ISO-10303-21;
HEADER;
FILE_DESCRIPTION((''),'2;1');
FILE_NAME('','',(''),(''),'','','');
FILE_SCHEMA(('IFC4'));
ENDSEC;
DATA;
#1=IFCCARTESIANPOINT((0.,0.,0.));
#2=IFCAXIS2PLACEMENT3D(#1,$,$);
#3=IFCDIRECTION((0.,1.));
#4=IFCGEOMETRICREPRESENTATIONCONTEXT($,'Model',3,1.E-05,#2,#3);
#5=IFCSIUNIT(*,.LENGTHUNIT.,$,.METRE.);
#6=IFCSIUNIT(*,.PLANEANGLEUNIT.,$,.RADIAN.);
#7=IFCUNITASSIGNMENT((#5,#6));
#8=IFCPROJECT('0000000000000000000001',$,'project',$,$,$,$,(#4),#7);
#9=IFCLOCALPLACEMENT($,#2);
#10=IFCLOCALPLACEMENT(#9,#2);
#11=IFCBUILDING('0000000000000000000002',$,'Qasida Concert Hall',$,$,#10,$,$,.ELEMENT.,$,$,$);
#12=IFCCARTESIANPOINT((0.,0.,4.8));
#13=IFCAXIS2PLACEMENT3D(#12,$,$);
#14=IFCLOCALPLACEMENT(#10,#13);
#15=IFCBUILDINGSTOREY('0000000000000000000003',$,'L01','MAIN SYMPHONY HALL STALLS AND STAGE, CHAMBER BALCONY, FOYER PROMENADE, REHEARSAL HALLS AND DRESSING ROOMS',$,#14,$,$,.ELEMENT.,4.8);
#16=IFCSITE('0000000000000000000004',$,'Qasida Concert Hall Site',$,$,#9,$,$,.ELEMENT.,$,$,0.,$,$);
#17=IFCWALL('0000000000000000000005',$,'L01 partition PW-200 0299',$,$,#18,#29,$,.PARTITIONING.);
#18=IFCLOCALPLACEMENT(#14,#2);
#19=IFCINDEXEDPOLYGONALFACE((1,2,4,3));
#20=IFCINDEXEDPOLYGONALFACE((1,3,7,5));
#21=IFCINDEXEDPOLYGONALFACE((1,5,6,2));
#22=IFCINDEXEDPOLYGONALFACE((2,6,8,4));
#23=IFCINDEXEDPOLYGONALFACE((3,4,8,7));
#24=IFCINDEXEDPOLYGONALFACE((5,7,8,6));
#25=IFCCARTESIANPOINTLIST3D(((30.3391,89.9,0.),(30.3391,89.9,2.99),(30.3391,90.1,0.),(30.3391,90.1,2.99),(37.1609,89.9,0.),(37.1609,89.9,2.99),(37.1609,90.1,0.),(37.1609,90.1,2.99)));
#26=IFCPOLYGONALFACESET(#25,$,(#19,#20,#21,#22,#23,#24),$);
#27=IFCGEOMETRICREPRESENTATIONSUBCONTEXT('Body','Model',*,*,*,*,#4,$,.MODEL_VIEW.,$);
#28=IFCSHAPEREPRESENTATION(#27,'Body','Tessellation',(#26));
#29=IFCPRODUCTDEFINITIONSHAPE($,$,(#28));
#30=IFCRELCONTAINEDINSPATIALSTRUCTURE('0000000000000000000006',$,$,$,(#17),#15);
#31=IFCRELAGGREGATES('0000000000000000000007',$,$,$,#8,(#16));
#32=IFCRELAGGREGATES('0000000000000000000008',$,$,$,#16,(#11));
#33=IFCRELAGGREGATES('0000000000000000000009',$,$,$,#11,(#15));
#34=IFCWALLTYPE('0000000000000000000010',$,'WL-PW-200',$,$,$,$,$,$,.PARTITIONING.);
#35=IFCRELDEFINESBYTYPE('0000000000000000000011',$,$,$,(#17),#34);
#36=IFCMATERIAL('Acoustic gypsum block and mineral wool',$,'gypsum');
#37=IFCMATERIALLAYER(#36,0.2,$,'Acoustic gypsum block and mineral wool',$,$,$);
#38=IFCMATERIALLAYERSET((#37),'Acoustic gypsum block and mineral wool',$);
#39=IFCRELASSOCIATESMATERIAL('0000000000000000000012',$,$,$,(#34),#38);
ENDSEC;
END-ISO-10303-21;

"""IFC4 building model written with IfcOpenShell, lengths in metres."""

from ifc_helpers import new_model, si_unit, direction, frame, frame_2d, origin, place, context, subcontext, project, spatial, rectangle, extrude, material, layer, layer_set, type_object, element, save


model = new_model("IFC4")

# Units and contexts
model_context = context("Model", 3, precision=1e-05, world=origin(), true_north=direction((0.0, 1.0)))
body_context = subcontext(model_context, "Body", "Model", "MODEL_VIEW")
ifc_project = project(units=[si_unit("LENGTHUNIT", "METRE"), si_unit("PLANEANGLEUNIT", "RADIAN")], contexts=[model_context])

# Site, building, storey
site_placement = place(None, origin())
site = spatial("IfcSite", under=ifc_project, at=site_placement, Name="Qasida Concert Hall Site", CompositionType="ELEMENT", RefElevation=0.0)
building_placement = place(site_placement, origin())
building = spatial("IfcBuilding", under=site, at=building_placement, Name="Qasida Concert Hall", CompositionType="ELEMENT")
storey_placement = place(building_placement, frame((0.0, 0.0, 4.8)))
storey = spatial("IfcBuildingStorey", under=building, at=storey_placement, Name="L01", Description="MAIN SYMPHONY HALL STALLS AND STAGE, CHAMBER BALCONY, FOYER PROMENADE, REHEARSAL HALLS AND DRESSING ROOMS", CompositionType="ELEMENT", Elevation=4.8)

# Wall
ifc_material_1 = material(Name="Acoustic gypsum block and mineral wool", Category="gypsum")
ifc_layer_1 = layer(ifc_material_1, 0.2, Name="Acoustic gypsum block and mineral wool")
ifc_layer_set_1 = layer_set([ifc_layer_1], Name="Acoustic gypsum block and mineral wool")
wall_type = type_object("IfcWallType", Name="WL-PW-200", PredefinedType="PARTITIONING", material=ifc_layer_set_1)
wall_1_placement = place(storey_placement, frame((30.3391, 90.0, 0.0), z_axis=(0.0, 0.0, 1.0), x_axis=(1.0, 0.0, 0.0)))
element("IfcWall", 1, at=wall_1_placement, inside=storey, type_object=wall_type, Name="L01 partition PW-200 0299", PredefinedType="PARTITIONING", context=body_context, shape_type="SweptSolid", body=[
    extrude(rectangle(XDim=6.8218, YDim=0.2, at=frame_2d((3.4109, 0.0))), origin(), (0.0, 0.0, 1.0), 2.99),
])

save(model, "model.ifc")
